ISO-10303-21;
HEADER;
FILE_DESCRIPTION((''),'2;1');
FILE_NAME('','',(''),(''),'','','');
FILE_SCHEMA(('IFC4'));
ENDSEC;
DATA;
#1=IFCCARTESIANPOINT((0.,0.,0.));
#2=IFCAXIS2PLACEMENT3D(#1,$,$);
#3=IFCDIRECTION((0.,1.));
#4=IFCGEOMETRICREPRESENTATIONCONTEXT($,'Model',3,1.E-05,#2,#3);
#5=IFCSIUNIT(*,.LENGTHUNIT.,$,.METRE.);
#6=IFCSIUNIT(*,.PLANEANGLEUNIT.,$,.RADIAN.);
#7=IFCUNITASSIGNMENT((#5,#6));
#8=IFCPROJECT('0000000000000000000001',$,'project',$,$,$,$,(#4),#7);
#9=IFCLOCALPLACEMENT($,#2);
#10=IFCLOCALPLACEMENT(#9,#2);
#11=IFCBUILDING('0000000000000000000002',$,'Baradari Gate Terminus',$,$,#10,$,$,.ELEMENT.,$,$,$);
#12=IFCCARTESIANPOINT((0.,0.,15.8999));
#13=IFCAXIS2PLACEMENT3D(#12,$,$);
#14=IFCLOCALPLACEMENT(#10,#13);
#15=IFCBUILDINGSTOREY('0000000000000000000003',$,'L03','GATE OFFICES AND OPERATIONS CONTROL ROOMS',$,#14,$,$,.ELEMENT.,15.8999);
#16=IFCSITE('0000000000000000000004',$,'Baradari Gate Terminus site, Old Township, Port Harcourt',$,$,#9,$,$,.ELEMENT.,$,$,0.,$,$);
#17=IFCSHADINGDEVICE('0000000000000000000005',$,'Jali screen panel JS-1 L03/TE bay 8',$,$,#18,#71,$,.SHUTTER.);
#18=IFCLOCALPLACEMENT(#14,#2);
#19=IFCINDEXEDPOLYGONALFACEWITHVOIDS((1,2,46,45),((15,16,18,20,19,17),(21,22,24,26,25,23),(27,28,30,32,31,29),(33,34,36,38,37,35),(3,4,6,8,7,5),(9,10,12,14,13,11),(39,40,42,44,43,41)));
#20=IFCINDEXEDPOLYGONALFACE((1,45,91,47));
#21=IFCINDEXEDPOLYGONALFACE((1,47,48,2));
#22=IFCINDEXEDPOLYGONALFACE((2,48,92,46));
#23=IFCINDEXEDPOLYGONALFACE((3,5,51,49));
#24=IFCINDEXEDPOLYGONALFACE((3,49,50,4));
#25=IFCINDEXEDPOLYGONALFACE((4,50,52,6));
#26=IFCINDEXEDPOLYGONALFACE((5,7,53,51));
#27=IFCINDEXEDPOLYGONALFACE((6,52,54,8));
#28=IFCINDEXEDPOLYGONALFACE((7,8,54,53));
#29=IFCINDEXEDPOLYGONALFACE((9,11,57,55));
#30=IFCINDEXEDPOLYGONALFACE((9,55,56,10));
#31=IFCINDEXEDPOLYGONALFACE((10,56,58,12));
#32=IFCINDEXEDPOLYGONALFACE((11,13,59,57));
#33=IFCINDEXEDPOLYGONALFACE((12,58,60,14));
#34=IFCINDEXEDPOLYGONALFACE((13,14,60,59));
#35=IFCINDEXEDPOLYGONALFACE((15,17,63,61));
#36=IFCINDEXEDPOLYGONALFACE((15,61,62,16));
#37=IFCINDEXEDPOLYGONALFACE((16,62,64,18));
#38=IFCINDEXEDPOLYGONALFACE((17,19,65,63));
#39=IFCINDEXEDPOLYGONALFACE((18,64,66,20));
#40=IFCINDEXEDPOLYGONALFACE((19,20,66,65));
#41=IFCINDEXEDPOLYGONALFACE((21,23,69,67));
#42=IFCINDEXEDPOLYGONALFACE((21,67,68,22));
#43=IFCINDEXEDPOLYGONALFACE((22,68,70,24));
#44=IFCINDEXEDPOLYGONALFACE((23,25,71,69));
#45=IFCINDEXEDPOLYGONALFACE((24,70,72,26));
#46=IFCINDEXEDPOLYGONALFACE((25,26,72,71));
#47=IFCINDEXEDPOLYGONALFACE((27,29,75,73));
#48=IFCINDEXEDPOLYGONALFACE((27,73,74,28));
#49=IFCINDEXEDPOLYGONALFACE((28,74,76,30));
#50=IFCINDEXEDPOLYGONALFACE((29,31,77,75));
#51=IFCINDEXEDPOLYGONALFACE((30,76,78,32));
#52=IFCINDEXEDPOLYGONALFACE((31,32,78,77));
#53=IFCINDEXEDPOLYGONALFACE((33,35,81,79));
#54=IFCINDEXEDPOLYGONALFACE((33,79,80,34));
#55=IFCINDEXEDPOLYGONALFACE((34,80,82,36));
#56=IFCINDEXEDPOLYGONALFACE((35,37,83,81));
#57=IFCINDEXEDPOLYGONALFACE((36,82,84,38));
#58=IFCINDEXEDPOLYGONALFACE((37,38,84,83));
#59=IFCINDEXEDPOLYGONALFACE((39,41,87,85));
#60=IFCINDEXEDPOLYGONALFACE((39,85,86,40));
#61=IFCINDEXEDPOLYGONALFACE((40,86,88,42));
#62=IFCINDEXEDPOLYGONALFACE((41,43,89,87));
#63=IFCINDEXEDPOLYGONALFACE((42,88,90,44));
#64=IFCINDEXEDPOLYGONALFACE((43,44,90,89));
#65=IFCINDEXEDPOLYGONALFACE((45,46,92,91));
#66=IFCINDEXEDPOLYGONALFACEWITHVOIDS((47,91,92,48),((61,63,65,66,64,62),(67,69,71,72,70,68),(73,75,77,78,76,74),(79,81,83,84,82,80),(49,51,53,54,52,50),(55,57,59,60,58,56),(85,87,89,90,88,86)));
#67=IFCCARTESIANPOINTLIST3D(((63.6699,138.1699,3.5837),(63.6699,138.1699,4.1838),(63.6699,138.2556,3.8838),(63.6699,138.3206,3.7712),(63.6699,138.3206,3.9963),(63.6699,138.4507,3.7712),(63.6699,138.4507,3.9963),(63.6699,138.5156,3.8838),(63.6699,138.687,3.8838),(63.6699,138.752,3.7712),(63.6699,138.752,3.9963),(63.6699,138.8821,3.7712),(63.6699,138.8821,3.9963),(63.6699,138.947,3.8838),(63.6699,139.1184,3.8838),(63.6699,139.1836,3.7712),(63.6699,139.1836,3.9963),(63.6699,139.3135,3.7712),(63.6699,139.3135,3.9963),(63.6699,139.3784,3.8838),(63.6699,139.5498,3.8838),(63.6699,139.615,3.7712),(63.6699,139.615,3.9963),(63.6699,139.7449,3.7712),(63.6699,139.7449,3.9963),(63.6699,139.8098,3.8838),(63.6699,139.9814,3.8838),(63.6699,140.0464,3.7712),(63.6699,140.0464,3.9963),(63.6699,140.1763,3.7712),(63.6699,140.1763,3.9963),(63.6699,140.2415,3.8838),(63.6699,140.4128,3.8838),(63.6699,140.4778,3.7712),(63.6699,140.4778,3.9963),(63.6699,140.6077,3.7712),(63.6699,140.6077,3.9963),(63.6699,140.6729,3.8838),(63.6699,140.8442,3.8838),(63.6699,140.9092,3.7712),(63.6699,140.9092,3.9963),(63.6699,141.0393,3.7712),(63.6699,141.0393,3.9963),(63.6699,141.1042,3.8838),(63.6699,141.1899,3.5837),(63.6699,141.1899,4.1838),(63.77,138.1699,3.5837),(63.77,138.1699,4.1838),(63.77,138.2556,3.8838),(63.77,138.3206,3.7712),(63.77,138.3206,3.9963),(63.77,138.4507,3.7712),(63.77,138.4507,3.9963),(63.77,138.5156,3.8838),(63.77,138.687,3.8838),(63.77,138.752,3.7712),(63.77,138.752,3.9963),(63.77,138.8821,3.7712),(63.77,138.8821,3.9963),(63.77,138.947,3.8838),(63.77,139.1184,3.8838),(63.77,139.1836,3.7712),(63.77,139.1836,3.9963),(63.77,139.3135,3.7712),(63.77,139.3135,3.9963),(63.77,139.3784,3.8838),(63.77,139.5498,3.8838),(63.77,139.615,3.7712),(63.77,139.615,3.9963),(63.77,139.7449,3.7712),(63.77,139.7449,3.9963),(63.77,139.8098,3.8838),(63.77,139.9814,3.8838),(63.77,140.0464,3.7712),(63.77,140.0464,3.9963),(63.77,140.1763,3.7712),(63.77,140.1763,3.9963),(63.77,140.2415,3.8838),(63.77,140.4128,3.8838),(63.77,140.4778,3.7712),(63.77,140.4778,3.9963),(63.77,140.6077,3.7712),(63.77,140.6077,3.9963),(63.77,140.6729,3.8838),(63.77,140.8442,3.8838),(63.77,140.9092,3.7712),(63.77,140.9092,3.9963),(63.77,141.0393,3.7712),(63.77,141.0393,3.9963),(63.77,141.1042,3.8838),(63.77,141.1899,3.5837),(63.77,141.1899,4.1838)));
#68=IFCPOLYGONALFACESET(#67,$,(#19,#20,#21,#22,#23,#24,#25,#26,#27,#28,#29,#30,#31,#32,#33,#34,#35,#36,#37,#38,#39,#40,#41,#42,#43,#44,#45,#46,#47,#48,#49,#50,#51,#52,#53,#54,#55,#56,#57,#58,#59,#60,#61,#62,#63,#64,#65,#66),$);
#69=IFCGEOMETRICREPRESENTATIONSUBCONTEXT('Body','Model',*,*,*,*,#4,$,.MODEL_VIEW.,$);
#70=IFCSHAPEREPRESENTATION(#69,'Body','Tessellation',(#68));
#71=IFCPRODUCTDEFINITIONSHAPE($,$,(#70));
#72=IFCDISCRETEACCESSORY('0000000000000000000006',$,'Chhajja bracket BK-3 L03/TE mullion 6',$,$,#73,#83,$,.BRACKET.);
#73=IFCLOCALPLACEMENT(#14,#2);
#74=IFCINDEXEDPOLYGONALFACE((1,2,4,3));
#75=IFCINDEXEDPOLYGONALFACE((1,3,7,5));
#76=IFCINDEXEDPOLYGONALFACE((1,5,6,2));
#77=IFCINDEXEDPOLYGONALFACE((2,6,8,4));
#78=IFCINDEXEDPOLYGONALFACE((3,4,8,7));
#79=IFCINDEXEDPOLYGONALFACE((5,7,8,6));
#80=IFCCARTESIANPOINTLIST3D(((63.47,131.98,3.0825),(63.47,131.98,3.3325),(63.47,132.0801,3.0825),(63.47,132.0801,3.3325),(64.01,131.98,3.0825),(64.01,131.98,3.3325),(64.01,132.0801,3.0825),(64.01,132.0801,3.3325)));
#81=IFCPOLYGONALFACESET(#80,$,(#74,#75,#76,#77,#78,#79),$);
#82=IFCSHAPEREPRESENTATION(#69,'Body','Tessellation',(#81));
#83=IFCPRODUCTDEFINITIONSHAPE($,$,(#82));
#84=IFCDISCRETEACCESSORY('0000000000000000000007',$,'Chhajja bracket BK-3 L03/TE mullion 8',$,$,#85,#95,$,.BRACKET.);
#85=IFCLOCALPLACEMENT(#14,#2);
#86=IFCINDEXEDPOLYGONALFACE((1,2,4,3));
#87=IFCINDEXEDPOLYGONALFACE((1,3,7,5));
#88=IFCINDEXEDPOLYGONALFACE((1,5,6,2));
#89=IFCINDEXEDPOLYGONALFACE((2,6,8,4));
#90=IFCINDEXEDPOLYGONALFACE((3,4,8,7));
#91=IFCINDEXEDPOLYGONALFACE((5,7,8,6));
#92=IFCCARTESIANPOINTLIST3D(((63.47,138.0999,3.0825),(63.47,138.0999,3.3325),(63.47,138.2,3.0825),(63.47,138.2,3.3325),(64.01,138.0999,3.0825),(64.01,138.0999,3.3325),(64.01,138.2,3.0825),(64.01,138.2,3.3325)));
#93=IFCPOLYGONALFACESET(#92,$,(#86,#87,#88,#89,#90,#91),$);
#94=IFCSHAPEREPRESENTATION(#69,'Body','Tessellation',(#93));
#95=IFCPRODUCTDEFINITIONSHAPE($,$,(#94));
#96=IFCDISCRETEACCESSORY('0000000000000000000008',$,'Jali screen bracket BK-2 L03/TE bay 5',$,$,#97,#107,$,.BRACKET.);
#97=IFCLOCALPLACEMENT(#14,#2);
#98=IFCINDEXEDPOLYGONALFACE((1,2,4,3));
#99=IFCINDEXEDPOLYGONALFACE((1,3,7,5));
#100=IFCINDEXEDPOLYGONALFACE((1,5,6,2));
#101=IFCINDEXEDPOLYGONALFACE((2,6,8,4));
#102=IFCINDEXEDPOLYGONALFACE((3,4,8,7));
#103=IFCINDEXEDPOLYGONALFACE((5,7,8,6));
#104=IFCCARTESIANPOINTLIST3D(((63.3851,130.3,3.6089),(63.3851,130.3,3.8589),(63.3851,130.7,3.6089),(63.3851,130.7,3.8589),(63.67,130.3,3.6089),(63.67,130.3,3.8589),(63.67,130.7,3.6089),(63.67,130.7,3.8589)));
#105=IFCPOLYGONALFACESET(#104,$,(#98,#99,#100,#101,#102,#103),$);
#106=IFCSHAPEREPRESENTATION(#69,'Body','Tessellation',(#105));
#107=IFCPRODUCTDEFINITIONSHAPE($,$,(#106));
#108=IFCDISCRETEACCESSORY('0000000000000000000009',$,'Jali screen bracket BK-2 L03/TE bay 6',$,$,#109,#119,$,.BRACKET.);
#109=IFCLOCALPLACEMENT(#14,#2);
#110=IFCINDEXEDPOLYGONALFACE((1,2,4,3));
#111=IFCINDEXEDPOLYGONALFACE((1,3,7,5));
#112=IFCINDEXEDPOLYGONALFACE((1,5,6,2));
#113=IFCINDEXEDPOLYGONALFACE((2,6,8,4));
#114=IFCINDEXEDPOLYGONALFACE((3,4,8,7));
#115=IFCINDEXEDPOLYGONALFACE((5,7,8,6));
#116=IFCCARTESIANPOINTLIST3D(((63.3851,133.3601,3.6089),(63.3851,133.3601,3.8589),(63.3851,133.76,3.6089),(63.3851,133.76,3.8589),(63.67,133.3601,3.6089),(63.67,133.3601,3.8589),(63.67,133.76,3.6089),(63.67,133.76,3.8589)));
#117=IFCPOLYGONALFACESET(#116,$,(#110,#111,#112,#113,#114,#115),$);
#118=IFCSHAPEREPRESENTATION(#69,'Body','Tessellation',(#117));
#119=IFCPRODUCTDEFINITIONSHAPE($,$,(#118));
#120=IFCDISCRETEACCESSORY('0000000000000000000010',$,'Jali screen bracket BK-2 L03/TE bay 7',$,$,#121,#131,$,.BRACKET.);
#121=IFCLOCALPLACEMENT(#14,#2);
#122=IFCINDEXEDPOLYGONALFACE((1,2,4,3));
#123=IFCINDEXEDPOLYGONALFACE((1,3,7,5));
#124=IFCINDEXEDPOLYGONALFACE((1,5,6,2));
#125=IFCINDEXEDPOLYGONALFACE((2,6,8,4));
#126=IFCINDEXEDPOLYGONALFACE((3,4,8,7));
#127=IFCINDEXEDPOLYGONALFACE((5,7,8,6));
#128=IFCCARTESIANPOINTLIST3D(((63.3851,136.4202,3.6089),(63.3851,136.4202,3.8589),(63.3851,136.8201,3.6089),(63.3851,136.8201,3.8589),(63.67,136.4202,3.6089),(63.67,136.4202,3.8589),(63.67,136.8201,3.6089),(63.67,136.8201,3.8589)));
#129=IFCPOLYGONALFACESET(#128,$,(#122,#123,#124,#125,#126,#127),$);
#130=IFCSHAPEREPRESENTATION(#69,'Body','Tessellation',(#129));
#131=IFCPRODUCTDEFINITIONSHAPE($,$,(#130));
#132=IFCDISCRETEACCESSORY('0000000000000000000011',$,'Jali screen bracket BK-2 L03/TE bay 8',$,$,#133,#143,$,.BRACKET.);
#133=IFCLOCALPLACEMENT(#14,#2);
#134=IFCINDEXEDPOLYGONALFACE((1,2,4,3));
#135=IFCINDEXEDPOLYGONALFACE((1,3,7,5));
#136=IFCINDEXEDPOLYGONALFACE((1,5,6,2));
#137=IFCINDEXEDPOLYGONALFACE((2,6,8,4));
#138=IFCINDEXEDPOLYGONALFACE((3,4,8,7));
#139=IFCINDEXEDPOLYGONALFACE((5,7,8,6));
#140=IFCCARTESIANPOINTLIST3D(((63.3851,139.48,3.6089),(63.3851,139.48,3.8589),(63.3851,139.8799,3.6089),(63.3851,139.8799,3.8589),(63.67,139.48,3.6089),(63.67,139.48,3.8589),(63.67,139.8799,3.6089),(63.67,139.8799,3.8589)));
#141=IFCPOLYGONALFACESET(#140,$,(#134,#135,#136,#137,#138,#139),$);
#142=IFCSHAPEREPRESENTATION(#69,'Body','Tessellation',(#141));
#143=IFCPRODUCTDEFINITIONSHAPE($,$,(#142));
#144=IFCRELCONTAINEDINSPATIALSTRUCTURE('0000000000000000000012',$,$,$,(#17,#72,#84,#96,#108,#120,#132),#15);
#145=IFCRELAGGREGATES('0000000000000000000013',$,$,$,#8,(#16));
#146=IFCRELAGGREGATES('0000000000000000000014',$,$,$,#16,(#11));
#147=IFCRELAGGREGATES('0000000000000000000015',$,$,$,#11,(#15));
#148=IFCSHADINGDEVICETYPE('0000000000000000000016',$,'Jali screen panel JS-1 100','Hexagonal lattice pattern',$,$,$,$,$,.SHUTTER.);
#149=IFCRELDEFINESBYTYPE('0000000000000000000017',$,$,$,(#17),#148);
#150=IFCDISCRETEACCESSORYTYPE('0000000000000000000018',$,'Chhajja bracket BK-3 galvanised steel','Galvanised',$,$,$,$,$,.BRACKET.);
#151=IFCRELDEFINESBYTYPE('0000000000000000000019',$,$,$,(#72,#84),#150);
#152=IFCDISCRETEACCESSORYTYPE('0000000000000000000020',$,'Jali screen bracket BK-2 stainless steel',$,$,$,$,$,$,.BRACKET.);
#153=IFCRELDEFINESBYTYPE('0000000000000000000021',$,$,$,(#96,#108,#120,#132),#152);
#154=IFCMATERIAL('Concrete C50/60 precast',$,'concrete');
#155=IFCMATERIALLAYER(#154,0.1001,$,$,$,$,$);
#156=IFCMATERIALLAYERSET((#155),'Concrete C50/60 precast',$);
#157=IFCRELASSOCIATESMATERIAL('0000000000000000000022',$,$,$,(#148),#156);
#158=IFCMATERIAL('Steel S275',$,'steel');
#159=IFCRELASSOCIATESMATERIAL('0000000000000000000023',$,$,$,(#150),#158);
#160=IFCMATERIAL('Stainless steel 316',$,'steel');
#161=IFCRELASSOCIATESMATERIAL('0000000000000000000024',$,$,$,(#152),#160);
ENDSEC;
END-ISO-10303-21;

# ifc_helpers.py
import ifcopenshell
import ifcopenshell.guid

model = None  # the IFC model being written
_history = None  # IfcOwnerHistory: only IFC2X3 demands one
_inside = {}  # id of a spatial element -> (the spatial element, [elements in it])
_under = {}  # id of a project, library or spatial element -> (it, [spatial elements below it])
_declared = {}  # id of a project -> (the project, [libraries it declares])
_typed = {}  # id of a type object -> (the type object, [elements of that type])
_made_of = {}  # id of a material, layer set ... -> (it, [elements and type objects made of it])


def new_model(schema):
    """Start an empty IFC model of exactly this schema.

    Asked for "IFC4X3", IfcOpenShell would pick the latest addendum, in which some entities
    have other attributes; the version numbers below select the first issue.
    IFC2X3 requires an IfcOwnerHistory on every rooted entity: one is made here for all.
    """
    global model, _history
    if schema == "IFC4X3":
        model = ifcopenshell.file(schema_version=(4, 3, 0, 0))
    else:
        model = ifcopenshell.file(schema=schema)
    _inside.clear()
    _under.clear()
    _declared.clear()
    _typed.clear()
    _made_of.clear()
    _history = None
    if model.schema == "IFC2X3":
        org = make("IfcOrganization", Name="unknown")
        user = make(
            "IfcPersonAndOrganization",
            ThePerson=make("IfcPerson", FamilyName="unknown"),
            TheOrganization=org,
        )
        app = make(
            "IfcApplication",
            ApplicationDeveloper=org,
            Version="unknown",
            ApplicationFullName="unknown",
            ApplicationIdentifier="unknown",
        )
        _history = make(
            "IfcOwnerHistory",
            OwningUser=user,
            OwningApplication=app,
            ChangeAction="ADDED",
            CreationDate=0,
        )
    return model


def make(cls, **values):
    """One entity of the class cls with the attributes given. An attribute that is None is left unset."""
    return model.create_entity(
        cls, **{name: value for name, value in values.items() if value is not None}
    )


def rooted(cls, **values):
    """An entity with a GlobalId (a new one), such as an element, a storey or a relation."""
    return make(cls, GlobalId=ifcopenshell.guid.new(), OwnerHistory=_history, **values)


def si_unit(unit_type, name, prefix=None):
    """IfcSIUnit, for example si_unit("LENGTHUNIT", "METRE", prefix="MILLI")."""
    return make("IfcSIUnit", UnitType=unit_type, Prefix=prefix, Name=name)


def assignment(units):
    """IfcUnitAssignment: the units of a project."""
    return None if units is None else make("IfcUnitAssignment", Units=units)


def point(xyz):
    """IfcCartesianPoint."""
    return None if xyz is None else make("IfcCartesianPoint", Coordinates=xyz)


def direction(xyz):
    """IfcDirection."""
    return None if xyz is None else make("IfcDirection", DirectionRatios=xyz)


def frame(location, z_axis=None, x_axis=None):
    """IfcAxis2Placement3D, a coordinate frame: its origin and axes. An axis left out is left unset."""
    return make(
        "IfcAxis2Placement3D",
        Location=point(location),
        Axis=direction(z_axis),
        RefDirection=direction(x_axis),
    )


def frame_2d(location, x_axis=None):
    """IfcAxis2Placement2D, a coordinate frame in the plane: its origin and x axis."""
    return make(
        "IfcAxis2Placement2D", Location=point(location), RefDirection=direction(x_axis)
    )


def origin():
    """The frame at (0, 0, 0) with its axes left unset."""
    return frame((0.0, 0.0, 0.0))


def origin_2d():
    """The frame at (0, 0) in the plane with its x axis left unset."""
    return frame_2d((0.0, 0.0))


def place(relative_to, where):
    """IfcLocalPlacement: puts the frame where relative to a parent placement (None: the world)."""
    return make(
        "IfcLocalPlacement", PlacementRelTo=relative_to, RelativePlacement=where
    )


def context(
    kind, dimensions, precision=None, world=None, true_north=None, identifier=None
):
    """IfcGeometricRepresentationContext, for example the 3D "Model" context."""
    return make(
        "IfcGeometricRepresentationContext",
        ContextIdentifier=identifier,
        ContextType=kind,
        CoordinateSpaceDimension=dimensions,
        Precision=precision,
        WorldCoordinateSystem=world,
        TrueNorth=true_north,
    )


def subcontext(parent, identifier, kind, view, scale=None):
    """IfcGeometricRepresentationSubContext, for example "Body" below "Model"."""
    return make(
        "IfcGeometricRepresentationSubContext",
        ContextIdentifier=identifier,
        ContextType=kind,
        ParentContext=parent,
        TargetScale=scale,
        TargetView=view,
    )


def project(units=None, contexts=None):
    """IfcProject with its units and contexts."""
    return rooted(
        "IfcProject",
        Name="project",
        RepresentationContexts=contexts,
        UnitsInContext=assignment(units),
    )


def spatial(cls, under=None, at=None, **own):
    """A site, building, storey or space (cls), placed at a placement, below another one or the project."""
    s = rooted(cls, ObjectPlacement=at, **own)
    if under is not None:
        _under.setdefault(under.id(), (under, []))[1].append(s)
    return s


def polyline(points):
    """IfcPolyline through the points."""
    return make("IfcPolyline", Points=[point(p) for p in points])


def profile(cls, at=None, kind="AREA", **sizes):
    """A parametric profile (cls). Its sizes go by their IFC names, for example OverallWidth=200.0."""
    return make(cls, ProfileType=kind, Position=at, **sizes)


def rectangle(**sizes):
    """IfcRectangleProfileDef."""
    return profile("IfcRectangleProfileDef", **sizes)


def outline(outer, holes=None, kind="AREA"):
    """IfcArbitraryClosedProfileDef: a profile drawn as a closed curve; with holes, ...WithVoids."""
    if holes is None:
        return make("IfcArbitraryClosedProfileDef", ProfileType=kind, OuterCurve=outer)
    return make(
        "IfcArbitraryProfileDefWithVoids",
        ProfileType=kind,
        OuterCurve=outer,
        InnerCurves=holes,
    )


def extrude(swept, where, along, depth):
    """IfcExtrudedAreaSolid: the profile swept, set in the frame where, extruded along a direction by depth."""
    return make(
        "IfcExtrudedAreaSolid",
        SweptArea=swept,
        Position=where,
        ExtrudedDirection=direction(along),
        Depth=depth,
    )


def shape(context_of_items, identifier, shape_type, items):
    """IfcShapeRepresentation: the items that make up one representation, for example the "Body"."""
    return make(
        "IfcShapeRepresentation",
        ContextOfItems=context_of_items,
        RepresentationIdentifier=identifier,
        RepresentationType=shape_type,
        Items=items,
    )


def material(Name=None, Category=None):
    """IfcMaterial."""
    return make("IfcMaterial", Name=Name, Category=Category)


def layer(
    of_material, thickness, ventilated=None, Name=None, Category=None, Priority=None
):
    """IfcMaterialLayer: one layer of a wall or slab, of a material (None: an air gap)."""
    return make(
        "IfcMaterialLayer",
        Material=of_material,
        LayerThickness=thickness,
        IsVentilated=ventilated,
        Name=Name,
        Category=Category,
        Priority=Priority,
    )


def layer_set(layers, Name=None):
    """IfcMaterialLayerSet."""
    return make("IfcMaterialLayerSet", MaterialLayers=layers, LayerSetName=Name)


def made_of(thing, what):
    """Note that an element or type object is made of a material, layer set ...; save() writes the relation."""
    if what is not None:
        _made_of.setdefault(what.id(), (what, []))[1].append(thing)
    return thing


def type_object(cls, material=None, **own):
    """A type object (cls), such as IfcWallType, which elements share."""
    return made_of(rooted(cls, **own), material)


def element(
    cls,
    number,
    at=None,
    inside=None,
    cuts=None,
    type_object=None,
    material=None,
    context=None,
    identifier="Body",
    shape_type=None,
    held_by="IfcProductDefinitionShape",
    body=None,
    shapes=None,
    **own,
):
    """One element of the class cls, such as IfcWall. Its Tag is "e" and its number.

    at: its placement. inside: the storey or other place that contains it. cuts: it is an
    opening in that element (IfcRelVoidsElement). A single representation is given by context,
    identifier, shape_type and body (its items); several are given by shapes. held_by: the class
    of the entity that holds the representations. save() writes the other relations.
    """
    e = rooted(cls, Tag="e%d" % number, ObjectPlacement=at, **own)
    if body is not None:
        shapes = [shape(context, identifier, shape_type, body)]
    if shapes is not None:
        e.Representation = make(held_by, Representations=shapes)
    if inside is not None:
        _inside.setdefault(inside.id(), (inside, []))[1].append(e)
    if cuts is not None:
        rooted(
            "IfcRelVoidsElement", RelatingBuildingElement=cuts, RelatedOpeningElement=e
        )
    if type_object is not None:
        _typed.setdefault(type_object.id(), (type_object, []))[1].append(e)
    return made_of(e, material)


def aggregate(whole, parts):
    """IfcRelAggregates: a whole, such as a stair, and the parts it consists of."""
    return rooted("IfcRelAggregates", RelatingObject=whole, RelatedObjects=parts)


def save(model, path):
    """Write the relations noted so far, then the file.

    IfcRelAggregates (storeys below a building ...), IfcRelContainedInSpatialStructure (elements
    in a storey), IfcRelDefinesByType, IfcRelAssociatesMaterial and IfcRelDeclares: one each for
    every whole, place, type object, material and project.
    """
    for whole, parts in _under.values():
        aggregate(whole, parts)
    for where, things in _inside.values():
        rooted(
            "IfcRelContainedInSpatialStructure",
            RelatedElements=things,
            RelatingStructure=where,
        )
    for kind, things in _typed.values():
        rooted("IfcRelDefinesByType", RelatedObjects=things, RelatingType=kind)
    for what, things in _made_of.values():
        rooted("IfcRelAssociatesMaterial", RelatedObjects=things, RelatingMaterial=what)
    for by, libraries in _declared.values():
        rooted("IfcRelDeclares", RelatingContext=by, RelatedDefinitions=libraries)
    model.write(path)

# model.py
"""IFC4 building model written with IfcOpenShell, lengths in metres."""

from ifc_helpers import new_model, si_unit, direction, frame, origin, origin_2d, place, context, subcontext, project, spatial, polyline, rectangle, outline, extrude, material, layer, layer_set, type_object, element, save


model = new_model("IFC4")

# Units and contexts
model_context = context("Model", 3, precision=1e-05, world=origin(), true_north=direction((0.0, 1.0)))
body_context = subcontext(model_context, "Body", "Model", "MODEL_VIEW")
ifc_project = project(units=[si_unit("LENGTHUNIT", "METRE"), si_unit("PLANEANGLEUNIT", "RADIAN")], contexts=[model_context])

# Site, building, storey
site_placement = place(None, origin())
site = spatial("IfcSite", under=ifc_project, at=site_placement, Name="Baradari Gate Terminus site, Old Township, Port Harcourt", CompositionType="ELEMENT", RefElevation=0.0)
building_placement = place(site_placement, origin())
building = spatial("IfcBuilding", under=site, at=building_placement, Name="Baradari Gate Terminus", CompositionType="ELEMENT")
storey_placement = place(building_placement, frame((0.0, 0.0, 15.8999)))
storey = spatial("IfcBuildingStorey", under=building, at=storey_placement, Name="L03", Description="GATE OFFICES AND OPERATIONS CONTROL ROOMS", CompositionType="ELEMENT", Elevation=15.8999)

# Shading device
ifc_material_1 = material(Name="Concrete C50/60 precast", Category="concrete")
ifc_layer_1 = layer(ifc_material_1, 0.1001)
ifc_layer_set_1 = layer_set([ifc_layer_1], Name="Concrete C50/60 precast")
shading_device_type_1 = type_object("IfcShadingDeviceType", Name="Jali screen panel JS-1 100", Description="Hexagonal lattice pattern", PredefinedType="SHUTTER", material=ifc_layer_set_1)
shading_device_1_placement = place(storey_placement, frame((63.72, 138.1699, 3.5837), z_axis=(0.0, 0.0, 1.0), x_axis=(0.0, 1.0, 0.0)))
element("IfcShadingDevice", 1, at=shading_device_1_placement, inside=storey, type_object=shading_device_type_1, Name="Jali screen panel JS-1 L03/TE bay 8", PredefinedType="SHUTTER", context=body_context, shape_type="SweptSolid", body=[
    extrude(outline(polyline([(0.0, 0.0), (3.02, 0.0), (3.02, 0.6001), (0.0, 0.6001), (0.0, 0.0)]), holes=[polyline([(0.3457, 0.3), (0.2808, 0.1875), (0.1506, 0.1875), (0.0857, 0.3), (0.1506, 0.4126), (0.2808, 0.4126), (0.3457, 0.3)]), polyline([(0.7771, 0.3), (0.7122, 0.1875), (0.582, 0.1875), (0.5171, 0.3), (0.582, 0.4126), (0.7122, 0.4126), (0.7771, 0.3)]), polyline([(1.2085, 0.3), (1.1436, 0.1875), (1.0137, 0.1875), (0.9485, 0.3), (1.0137, 0.4126), (1.1436, 0.4126), (1.2085, 0.3)]), polyline([(1.6399, 0.3), (1.575, 0.1875), (1.4451, 0.1875), (1.3799, 0.3), (1.4451, 0.4126), (1.575, 0.4126), (1.6399, 0.3)]), polyline([(2.0715, 0.3), (2.0063, 0.1875), (1.8765, 0.1875), (1.8115, 0.3), (1.8765, 0.4126), (2.0063, 0.4126), (2.0715, 0.3)]), polyline([(2.5029, 0.3), (2.4377, 0.1875), (2.3079, 0.1875), (2.2429, 0.3), (2.3079, 0.4126), (2.4377, 0.4126), (2.5029, 0.3)]), polyline([(2.9343, 0.3), (2.8694, 0.1875), (2.7393, 0.1875), (2.6743, 0.3), (2.7393, 0.4126), (2.8694, 0.4126), (2.9343, 0.3)])]), frame((0.0, 0.05, 0.0), z_axis=(0.0, -1.0, 0.0), x_axis=(1.0, 0.0, 0.0)), (0.0, 0.0, 1.0), 0.1001),
])

# Discrete accessories
ifc_material_2 = material(Name="Steel S275", Category="steel")
discrete_accessory_type_1 = type_object("IfcDiscreteAccessoryType", Name="Chhajja bracket BK-3 galvanised steel", Description="Galvanised", PredefinedType="BRACKET", material=ifc_material_2)
for number, where, z_axis, x_axis, name in (
    (2, (63.74, 132.03, 3.0825), (0.0, 0.0, 1.0), (1.0, 0.0, 0.0), "Chhajja bracket BK-3 L03/TE mullion 6"),
    (3, (63.74, 138.1499, 3.0825), (0.0, 0.0, 1.0), (1.0, 0.0, 0.0), "Chhajja bracket BK-3 L03/TE mullion 8"),
):
    element("IfcDiscreteAccessory", number, at=place(storey_placement, frame(where, z_axis=z_axis, x_axis=x_axis)), inside=storey, type_object=discrete_accessory_type_1, Name=name, PredefinedType="BRACKET", context=body_context, shape_type="SweptSolid", body=[
        extrude(rectangle(XDim=0.54, YDim=0.1001, at=origin_2d()), origin(), (0.0, 0.0, 1.0), 0.25),
    ])
ifc_material_3 = material(Name="Stainless steel 316", Category="steel")
discrete_accessory_type_2 = type_object("IfcDiscreteAccessoryType", Name="Jali screen bracket BK-2 stainless steel", PredefinedType="BRACKET", material=ifc_material_3)
for number, where, z_axis, x_axis, name in (
    (4, (63.5276, 130.5, 3.6089), (0.0, 0.0, 1.0), (1.0, 0.0, 0.0), "Jali screen bracket BK-2 L03/TE bay 5"),
    (5, (63.5276, 133.5601, 3.6089), (0.0, 0.0, 1.0), (1.0, 0.0, 0.0), "Jali screen bracket BK-2 L03/TE bay 6"),
    (6, (63.5276, 136.6201, 3.6089), (0.0, 0.0, 1.0), (1.0, 0.0, 0.0), "Jali screen bracket BK-2 L03/TE bay 7"),
    (7, (63.5276, 139.6799, 3.6089), (0.0, 0.0, 1.0), (1.0, 0.0, 0.0), "Jali screen bracket BK-2 L03/TE bay 8"),
):
    element("IfcDiscreteAccessory", number, at=place(storey_placement, frame(where, z_axis=z_axis, x_axis=x_axis)), inside=storey, type_object=discrete_accessory_type_2, Name=name, PredefinedType="BRACKET", context=body_context, shape_type="SweptSolid", body=[
        extrude(rectangle(XDim=0.2849, YDim=0.3999, at=origin_2d()), origin(), (0.0, 0.0, 1.0), 0.25),
    ])

save(model, "model.ifc")
